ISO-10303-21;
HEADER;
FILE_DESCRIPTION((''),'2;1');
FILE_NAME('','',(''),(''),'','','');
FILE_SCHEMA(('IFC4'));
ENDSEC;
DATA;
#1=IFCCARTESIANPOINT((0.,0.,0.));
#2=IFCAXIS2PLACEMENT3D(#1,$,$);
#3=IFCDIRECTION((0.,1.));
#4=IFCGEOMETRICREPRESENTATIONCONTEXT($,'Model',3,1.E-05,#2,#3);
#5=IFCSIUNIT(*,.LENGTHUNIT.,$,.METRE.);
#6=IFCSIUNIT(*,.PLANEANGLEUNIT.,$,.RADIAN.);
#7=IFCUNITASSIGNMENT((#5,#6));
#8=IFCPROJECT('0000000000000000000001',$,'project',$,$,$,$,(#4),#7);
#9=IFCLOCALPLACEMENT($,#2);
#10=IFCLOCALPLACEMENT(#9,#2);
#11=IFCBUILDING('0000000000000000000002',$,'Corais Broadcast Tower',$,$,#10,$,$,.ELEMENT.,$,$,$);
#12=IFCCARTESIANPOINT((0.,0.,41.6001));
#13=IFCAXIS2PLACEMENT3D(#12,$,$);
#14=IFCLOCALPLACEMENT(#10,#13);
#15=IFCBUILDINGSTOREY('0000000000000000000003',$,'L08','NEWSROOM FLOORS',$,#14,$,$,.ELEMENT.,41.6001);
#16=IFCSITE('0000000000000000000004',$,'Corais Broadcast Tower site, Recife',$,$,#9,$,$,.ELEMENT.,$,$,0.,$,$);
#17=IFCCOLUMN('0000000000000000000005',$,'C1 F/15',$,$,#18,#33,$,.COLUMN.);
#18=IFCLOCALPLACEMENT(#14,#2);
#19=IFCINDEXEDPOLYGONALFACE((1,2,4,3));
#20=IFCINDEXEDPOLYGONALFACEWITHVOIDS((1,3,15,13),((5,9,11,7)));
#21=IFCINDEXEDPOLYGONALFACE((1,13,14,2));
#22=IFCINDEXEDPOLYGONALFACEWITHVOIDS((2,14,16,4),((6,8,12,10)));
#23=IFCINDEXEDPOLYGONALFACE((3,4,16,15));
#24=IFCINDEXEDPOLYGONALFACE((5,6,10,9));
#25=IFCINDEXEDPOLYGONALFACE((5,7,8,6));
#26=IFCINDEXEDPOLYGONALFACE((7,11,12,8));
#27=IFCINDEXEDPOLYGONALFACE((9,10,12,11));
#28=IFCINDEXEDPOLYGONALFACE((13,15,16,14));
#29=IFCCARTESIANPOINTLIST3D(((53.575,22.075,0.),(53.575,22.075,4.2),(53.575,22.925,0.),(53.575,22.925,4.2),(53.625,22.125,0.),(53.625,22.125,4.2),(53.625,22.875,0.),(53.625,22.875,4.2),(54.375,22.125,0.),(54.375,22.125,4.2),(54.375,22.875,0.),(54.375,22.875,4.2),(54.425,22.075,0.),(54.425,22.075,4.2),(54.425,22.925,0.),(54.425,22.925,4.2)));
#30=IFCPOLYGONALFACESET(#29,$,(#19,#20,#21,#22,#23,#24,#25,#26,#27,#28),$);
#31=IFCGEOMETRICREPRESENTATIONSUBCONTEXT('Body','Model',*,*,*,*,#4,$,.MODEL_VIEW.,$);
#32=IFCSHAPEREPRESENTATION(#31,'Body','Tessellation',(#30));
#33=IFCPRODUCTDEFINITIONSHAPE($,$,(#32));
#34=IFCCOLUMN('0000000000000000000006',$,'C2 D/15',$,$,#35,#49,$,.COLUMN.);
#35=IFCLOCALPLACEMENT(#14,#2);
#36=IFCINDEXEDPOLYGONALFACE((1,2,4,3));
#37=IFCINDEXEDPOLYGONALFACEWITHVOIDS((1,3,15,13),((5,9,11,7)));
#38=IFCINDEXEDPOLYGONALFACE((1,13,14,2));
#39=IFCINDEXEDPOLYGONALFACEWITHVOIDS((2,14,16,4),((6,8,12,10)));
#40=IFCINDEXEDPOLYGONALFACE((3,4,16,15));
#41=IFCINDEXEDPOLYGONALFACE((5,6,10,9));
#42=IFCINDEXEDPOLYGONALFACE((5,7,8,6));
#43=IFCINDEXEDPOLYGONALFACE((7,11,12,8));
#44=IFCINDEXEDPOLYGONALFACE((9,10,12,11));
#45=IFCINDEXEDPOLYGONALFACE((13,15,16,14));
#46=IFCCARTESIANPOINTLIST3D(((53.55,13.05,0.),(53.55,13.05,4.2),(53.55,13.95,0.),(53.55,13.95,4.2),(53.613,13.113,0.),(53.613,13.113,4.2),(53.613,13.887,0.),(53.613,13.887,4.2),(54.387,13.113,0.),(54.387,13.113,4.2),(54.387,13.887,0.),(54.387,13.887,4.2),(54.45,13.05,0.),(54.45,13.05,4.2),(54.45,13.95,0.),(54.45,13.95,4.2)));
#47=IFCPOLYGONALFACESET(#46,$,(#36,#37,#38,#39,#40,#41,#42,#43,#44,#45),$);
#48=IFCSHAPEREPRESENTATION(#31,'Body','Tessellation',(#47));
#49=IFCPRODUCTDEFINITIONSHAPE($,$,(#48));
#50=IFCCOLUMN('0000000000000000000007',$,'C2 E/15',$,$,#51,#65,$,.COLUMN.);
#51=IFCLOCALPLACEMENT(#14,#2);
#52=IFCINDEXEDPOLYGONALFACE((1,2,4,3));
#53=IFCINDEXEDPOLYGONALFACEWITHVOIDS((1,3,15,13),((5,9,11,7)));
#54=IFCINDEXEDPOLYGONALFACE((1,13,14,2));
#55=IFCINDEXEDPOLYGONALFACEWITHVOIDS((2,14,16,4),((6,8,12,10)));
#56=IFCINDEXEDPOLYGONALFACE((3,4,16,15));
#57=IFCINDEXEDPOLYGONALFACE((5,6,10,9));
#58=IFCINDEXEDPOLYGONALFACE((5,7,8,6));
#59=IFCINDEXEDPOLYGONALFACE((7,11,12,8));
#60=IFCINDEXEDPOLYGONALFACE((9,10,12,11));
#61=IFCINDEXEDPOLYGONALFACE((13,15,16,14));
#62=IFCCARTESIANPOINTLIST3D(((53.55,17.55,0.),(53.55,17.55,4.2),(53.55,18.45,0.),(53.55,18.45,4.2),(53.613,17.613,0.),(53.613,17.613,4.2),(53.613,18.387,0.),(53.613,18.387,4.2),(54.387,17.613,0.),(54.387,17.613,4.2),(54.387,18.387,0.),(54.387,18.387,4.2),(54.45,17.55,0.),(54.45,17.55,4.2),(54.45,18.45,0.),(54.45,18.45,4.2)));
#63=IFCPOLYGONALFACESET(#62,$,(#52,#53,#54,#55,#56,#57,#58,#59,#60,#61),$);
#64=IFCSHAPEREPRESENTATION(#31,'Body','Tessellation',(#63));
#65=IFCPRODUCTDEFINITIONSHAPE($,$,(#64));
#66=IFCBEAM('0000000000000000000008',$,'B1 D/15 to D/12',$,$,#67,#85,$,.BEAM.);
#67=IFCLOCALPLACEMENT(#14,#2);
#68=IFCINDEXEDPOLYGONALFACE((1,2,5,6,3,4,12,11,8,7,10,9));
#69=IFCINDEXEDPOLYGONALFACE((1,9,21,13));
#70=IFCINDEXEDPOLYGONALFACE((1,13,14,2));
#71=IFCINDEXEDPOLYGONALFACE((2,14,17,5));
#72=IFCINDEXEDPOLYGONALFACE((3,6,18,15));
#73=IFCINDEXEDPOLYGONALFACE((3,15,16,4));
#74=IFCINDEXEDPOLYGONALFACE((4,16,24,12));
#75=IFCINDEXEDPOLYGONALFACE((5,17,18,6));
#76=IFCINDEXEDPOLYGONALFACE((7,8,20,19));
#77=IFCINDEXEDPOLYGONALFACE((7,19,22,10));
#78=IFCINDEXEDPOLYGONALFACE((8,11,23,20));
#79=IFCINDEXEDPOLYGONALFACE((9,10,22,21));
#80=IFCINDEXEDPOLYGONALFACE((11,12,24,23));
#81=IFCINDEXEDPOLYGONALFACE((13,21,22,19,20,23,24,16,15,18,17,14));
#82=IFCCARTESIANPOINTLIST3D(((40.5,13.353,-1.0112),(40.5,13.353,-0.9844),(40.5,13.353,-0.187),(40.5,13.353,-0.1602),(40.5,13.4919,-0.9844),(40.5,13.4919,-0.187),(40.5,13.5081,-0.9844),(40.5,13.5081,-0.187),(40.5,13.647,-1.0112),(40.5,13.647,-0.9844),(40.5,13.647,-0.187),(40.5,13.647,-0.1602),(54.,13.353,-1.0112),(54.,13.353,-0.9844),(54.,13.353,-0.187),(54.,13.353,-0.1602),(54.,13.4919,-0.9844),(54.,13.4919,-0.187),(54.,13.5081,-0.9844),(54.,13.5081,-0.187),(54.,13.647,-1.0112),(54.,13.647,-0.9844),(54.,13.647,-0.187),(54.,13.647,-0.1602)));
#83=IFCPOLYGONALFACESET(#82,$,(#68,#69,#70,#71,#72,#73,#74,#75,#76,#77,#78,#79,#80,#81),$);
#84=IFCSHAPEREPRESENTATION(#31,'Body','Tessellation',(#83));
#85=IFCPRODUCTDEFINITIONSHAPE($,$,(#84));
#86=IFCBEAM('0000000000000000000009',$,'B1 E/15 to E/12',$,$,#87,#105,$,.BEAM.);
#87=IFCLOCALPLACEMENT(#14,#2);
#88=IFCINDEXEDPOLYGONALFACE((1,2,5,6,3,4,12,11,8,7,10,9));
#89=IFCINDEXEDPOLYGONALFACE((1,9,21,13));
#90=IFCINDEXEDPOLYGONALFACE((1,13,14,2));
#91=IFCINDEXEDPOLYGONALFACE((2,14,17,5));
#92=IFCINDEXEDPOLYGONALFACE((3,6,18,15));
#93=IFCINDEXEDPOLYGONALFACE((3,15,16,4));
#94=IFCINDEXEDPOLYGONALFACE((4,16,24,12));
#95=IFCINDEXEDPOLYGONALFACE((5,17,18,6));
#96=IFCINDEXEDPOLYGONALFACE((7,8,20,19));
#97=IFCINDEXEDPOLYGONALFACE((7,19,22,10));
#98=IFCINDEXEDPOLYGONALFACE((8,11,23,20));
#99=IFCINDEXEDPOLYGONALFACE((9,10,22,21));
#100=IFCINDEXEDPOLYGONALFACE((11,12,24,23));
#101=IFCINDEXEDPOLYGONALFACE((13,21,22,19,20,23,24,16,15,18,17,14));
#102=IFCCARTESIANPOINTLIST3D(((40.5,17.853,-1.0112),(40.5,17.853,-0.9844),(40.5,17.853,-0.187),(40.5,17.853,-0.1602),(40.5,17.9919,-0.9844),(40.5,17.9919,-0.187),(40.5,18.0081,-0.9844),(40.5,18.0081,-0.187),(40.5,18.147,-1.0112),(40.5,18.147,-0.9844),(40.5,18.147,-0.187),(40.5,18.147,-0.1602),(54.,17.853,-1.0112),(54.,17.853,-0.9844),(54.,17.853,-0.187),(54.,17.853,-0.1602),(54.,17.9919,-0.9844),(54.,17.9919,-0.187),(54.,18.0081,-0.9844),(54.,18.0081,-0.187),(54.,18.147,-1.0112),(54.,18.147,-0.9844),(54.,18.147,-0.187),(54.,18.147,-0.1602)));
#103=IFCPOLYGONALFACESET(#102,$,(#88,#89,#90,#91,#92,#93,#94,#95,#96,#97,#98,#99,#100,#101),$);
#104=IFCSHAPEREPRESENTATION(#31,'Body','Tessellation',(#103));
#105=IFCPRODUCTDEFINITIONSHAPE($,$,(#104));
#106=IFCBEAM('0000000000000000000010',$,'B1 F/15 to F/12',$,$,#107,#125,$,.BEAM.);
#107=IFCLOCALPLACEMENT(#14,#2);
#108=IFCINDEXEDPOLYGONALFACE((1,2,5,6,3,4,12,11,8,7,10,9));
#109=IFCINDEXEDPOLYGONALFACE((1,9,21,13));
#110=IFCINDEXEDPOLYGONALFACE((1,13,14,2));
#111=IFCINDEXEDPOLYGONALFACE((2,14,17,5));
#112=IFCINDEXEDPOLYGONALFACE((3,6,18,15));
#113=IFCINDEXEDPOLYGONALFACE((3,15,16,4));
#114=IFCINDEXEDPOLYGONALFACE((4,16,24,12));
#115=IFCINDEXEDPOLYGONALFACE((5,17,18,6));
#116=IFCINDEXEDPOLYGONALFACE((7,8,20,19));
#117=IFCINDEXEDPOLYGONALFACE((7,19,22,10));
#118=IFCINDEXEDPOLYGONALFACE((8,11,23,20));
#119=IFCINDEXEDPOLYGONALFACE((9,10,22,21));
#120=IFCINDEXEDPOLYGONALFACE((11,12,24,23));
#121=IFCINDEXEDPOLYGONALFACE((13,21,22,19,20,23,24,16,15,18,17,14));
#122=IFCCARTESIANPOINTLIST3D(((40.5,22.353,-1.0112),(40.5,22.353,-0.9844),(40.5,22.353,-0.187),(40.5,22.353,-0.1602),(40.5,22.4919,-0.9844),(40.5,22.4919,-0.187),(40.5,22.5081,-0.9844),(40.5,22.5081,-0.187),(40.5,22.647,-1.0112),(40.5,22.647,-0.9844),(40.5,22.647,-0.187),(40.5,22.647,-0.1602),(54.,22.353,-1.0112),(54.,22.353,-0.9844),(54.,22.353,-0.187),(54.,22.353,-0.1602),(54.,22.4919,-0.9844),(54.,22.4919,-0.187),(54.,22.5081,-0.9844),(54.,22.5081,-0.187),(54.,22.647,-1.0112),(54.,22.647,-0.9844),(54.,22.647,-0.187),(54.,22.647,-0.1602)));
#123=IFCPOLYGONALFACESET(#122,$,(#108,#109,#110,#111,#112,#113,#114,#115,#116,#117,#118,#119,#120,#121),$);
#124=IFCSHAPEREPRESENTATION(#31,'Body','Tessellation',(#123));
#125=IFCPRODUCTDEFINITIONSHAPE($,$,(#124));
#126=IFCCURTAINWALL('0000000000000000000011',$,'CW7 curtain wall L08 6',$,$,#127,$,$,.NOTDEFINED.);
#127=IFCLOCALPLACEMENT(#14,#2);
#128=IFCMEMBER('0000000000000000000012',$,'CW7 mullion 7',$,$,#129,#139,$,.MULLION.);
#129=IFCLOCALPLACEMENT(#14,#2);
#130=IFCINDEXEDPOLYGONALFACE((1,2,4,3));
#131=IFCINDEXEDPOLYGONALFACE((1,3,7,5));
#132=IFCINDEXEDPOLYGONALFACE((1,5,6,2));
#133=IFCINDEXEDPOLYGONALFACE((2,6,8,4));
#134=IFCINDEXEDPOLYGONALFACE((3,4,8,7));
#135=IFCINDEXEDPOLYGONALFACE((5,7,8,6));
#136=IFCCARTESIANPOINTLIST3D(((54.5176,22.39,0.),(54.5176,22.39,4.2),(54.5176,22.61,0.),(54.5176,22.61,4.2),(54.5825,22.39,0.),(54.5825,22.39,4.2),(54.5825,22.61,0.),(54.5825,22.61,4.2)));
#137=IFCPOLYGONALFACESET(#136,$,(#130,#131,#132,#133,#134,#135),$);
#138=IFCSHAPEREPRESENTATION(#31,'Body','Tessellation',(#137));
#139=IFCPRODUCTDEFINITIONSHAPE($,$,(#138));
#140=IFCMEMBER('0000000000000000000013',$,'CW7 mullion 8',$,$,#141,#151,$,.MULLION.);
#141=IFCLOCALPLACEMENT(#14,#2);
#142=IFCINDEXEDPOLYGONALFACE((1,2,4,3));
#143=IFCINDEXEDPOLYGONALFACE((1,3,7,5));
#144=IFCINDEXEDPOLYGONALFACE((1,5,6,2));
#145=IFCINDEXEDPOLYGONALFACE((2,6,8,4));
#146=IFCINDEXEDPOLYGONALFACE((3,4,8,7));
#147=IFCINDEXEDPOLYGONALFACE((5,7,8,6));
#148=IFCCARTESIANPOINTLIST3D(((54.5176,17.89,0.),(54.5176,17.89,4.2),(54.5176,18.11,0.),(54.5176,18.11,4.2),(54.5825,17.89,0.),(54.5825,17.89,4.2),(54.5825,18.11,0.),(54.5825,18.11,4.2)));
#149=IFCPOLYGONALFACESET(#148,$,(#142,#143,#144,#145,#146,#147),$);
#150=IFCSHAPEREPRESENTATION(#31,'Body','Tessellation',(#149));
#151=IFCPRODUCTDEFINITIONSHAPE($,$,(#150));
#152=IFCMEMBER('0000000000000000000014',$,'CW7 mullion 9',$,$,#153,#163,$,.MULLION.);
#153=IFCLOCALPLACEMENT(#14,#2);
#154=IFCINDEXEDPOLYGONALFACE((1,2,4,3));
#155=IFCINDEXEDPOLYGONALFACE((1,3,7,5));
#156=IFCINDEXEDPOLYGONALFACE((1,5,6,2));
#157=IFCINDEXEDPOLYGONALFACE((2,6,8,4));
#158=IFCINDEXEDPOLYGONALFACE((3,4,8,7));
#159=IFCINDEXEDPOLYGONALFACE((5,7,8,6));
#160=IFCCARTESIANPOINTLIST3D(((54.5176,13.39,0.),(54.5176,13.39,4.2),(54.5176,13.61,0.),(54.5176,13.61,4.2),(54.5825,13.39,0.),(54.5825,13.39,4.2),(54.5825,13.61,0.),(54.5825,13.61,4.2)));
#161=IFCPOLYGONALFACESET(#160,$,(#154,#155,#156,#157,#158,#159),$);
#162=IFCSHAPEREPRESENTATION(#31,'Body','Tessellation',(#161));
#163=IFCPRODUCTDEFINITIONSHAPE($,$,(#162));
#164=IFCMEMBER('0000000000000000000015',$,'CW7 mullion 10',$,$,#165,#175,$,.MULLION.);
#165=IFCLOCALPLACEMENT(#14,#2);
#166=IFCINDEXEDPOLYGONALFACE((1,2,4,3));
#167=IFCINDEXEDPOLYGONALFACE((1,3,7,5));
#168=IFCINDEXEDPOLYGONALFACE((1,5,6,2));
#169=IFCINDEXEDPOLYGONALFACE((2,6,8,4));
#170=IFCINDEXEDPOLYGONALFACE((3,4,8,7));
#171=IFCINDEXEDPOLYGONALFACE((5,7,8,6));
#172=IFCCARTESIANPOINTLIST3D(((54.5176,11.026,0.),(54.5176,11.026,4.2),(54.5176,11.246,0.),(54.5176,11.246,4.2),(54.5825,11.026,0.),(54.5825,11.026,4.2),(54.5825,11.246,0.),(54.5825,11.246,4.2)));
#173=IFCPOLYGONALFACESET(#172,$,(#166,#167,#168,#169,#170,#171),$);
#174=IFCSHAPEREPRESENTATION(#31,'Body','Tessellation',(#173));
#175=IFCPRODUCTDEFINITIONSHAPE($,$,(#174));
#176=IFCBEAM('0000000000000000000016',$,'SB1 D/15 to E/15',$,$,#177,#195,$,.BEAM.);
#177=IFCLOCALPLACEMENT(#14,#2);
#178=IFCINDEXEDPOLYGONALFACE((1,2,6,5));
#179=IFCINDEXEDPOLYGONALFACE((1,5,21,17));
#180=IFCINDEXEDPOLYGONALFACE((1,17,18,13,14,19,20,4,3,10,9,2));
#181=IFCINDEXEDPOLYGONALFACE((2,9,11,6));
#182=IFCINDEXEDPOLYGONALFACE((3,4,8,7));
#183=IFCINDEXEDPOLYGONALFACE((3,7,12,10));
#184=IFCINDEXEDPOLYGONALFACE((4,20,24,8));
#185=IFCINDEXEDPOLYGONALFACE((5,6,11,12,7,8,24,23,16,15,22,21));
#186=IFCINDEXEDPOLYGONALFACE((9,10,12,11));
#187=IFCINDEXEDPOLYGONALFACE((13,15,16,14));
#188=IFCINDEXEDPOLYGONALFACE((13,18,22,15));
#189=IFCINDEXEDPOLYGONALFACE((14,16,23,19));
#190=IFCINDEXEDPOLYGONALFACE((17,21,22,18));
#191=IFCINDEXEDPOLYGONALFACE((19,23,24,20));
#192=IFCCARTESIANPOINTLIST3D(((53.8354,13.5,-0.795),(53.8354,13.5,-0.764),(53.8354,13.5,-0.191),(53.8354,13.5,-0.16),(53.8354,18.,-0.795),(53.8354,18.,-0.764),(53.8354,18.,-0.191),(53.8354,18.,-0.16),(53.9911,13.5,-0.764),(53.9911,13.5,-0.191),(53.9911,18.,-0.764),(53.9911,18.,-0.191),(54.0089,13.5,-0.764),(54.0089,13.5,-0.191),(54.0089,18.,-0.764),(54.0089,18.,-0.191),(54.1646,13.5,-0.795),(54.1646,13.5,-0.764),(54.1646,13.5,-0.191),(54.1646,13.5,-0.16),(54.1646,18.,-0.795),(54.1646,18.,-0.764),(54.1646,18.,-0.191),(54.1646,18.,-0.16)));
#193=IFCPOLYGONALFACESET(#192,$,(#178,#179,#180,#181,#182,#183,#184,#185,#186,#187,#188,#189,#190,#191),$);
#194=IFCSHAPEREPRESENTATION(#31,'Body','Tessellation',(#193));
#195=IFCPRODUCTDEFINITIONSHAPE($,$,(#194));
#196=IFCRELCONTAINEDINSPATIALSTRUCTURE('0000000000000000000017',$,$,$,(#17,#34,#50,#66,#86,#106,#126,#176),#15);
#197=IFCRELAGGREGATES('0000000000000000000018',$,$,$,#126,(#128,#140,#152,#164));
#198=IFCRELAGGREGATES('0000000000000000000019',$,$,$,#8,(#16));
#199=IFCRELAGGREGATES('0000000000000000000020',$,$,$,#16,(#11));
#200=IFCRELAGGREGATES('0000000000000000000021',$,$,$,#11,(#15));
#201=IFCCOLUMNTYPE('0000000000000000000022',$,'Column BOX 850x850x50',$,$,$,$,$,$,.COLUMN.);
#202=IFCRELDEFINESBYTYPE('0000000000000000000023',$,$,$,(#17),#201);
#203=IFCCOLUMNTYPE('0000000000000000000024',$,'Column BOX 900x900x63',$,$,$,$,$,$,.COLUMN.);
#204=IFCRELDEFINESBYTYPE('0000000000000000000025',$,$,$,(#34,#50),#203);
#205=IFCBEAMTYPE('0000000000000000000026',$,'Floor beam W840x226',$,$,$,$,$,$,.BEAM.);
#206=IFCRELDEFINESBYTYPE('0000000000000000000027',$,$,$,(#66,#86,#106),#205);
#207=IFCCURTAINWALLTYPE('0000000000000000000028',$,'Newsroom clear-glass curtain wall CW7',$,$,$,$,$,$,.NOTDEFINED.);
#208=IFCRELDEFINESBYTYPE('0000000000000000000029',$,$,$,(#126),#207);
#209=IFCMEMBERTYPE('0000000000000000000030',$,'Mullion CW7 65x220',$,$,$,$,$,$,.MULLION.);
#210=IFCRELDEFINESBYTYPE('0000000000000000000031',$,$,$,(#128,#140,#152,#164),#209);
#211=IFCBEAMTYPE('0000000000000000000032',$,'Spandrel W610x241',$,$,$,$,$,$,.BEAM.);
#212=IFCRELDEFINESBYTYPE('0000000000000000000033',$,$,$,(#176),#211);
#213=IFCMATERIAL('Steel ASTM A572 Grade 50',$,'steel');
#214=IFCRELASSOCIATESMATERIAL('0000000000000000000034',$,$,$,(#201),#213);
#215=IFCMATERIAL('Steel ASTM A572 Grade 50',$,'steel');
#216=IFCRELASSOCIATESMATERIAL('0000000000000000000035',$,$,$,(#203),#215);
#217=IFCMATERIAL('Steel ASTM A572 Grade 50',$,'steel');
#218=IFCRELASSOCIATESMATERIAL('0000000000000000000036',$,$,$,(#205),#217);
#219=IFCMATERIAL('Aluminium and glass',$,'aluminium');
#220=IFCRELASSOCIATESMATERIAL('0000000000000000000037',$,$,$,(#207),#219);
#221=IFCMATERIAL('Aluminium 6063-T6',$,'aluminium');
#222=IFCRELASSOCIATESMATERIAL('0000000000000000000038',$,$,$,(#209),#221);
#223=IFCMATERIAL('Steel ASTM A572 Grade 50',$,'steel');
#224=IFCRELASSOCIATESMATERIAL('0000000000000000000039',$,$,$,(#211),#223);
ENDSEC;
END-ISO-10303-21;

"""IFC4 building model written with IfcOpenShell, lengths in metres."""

from ifc_helpers import new_model, si_unit, direction, frame, origin, origin_2d, place, context, subcontext, project, spatial, rectangle, hollow_rectangle, i_section, extrude, material, material_profile, profile_set, type_object, element, aggregate, save


model = new_model("IFC4")

# Units and contexts
model_context = context("Model", 3, precision=1e-05, world=origin(), true_north=direction((0.0, 1.0)))
body_context = subcontext(model_context, "Body", "Model", "MODEL_VIEW")
ifc_project = project(units=[si_unit("LENGTHUNIT", "METRE"), si_unit("PLANEANGLEUNIT", "RADIAN")], contexts=[model_context])

# Site, building, storey
site_placement = place(None, origin())
site = spatial("IfcSite", under=ifc_project, at=site_placement, Name="Corais Broadcast Tower site, Recife", CompositionType="ELEMENT", RefElevation=0.0)
building_placement = place(site_placement, origin())
building = spatial("IfcBuilding", under=site, at=building_placement, Name="Corais Broadcast Tower", CompositionType="ELEMENT")
storey_placement = place(building_placement, frame((0.0, 0.0, 41.6001)))
storey = spatial("IfcBuildingStorey", under=building, at=storey_placement, Name="L08", Description="NEWSROOM FLOORS", CompositionType="ELEMENT", Elevation=41.6001)

# Columns
ifc_material_1 = material(Name="Steel ASTM A572 Grade 50", Category="steel")
ifc_material_profile_1 = material_profile(ifc_material_1, hollow_rectangle(XDim=0.8501, YDim=0.8501, WallThickness=0.05, at=origin_2d()), Name="BOX 850x850x50")
ifc_profile_set_1 = profile_set([ifc_material_profile_1], Name="Steel ASTM A572 Grade 50")
column_type_1 = type_object("IfcColumnType", Name="Column BOX 850x850x50", PredefinedType="COLUMN", material=ifc_profile_set_1)
column_placement = place(storey_placement, frame((54.0, 22.5, 0.0), z_axis=(0.0, 0.0, 1.0), x_axis=(1.0, 0.0, 0.0)))
element("IfcColumn", 1, at=column_placement, inside=storey, type_object=column_type_1, Name="C1 F/15", PredefinedType="COLUMN", context=body_context, shape_type="SweptSolid", body=[
    extrude(hollow_rectangle(XDim=0.8501, YDim=0.8501, WallThickness=0.05, at=origin_2d()), origin(), (0.0, 0.0, 1.0), 4.2),
])
ifc_material_2 = material(Name="Steel ASTM A572 Grade 50", Category="steel")
ifc_material_profile_2 = material_profile(ifc_material_2, hollow_rectangle(XDim=0.8999, YDim=0.8999, WallThickness=0.063, at=origin_2d()), Name="BOX 900x900x63")
ifc_profile_set_2 = profile_set([ifc_material_profile_2], Name="Steel ASTM A572 Grade 50")
column_type_2 = type_object("IfcColumnType", Name="Column BOX 900x900x63", PredefinedType="COLUMN", material=ifc_profile_set_2)
for number, where, z_axis, x_axis, name in (
    (2, (54.0, 13.5, 0.0), (0.0, 0.0, 1.0), (1.0, 0.0, 0.0), "C2 D/15"),
    (3, (54.0, 18.0, 0.0), (0.0, 0.0, 1.0), (1.0, 0.0, 0.0), "C2 E/15"),
):
    element("IfcColumn", number, at=place(storey_placement, frame(where, z_axis=z_axis, x_axis=x_axis)), inside=storey, type_object=column_type_2, Name=name, PredefinedType="COLUMN", context=body_context, shape_type="SweptSolid", body=[
        extrude(hollow_rectangle(XDim=0.8999, YDim=0.8999, WallThickness=0.063, at=origin_2d()), origin(), (0.0, 0.0, 1.0), 4.2),
    ])

# Beams
ifc_material_3 = material(Name="Steel ASTM A572 Grade 50", Category="steel")
ifc_material_profile_3 = material_profile(ifc_material_3, i_section(OverallWidth=0.2939, OverallDepth=0.8511, WebThickness=0.0161, FlangeThickness=0.0269, at=origin_2d()), Name="W840x226")
ifc_profile_set_3 = profile_set([ifc_material_profile_3], Name="Steel ASTM A572 Grade 50")
beam_type_1 = type_object("IfcBeamType", Name="Floor beam W840x226", PredefinedType="BEAM", material=ifc_profile_set_3)
for number, where, z_axis, x_axis, name in (
    (4, (54.0, 13.5, -0.5857), (-1.0, 0.0, 0.0), (0.0, -1.0, 0.0), "B1 D/15 to D/12"),
    (5, (54.0, 18.0, -0.5857), (-1.0, 0.0, 0.0), (0.0, -1.0, 0.0), "B1 E/15 to E/12"),
    (6, (54.0, 22.5, -0.5857), (-1.0, 0.0, 0.0), (0.0, -1.0, 0.0), "B1 F/15 to F/12"),
):
    element("IfcBeam", number, at=place(storey_placement, frame(where, z_axis=z_axis, x_axis=x_axis)), inside=storey, type_object=beam_type_1, Name=name, PredefinedType="BEAM", context=body_context, shape_type="SweptSolid", body=[
        extrude(i_section(OverallWidth=0.2939, OverallDepth=0.8511, WebThickness=0.0161, FlangeThickness=0.0269, at=origin_2d()), origin(), (0.0, 0.0, 1.0), 13.5),
    ])

# Curtain wall, members
ifc_material_4 = material(Name="Aluminium and glass", Category="aluminium")
curtain_wall_type = type_object("IfcCurtainWallType", Name="Newsroom clear-glass curtain wall CW7", PredefinedType="NOTDEFINED", material=ifc_material_4)
curtain_wall_placement = place(storey_placement, origin())
curtain_wall = element("IfcCurtainWall", 7, at=curtain_wall_placement, inside=storey, type_object=curtain_wall_type, Name="CW7 curtain wall L08 6", PredefinedType="NOTDEFINED")
ifc_material_5 = material(Name="Aluminium 6063-T6", Category="aluminium")
ifc_material_profile_4 = material_profile(ifc_material_5, rectangle(XDim=0.0649, YDim=0.22, at=origin_2d()), Name="Mullion CW7 65x220")
ifc_profile_set_4 = profile_set([ifc_material_profile_4], Name="Aluminium 6063-T6")
member_type_1 = type_object("IfcMemberType", Name="Mullion CW7 65x220", PredefinedType="MULLION", material=ifc_profile_set_4)
member_1_placement = place(storey_placement, frame((54.55, 22.5, 0.0), z_axis=(0.0, 0.0, 1.0), x_axis=(1.0, 0.0, 0.0)))
member_1 = element("IfcMember", 8, at=member_1_placement, type_object=member_type_1, Name="CW7 mullion 7", PredefinedType="MULLION", context=body_context, shape_type="SweptSolid", body=[
    extrude(rectangle(XDim=0.0649, YDim=0.22, at=origin_2d()), origin(), (0.0, 0.0, 1.0), 4.2),
])
member_2_placement = place(storey_placement, frame((54.55, 18.0, 0.0), z_axis=(0.0, 0.0, 1.0), x_axis=(1.0, 0.0, 0.0)))
member_2 = element("IfcMember", 9, at=member_2_placement, type_object=member_type_1, Name="CW7 mullion 8", PredefinedType="MULLION", context=body_context, shape_type="SweptSolid", body=[
    extrude(rectangle(XDim=0.0649, YDim=0.22, at=origin_2d()), origin(), (0.0, 0.0, 1.0), 4.2),
])
member_3_placement = place(storey_placement, frame((54.55, 13.5, 0.0), z_axis=(0.0, 0.0, 1.0), x_axis=(1.0, 0.0, 0.0)))
member_3 = element("IfcMember", 10, at=member_3_placement, type_object=member_type_1, Name="CW7 mullion 9", PredefinedType="MULLION", context=body_context, shape_type="SweptSolid", body=[
    extrude(rectangle(XDim=0.0649, YDim=0.22, at=origin_2d()), origin(), (0.0, 0.0, 1.0), 4.2),
])
member_4_placement = place(storey_placement, frame((54.55, 11.136, 0.0), z_axis=(0.0, 0.0, 1.0), x_axis=(1.0, 0.0, 0.0)))
member_4 = element("IfcMember", 11, at=member_4_placement, type_object=member_type_1, Name="CW7 mullion 10", PredefinedType="MULLION", context=body_context, shape_type="SweptSolid", body=[
    extrude(rectangle(XDim=0.0649, YDim=0.22, at=origin_2d()), origin(), (0.0, 0.0, 1.0), 4.2),
])

# Beam
ifc_material_6 = material(Name="Steel ASTM A572 Grade 50", Category="steel")
ifc_material_profile_5 = material_profile(ifc_material_6, i_section(OverallWidth=0.3291, OverallDepth=0.635, WebThickness=0.0178, FlangeThickness=0.031, at=origin_2d()), Name="W610x241")
ifc_profile_set_5 = profile_set([ifc_material_profile_5], Name="Steel ASTM A572 Grade 50")
beam_type_2 = type_object("IfcBeamType", Name="Spandrel W610x241", PredefinedType="BEAM", material=ifc_profile_set_5)
for number, where, z_axis, x_axis, name in (
    (12, (54.0, 13.5, -0.4775), (0.0, 1.0, 0.0), (-1.0, 0.0, 0.0), "SB1 D/15 to E/15"),
):
    element("IfcBeam", number, at=place(storey_placement, frame(where, z_axis=z_axis, x_axis=x_axis)), inside=storey, type_object=beam_type_2, Name=name, PredefinedType="BEAM", context=body_context, shape_type="SweptSolid", body=[
        extrude(i_section(OverallWidth=0.3291, OverallDepth=0.635, WebThickness=0.0178, FlangeThickness=0.031, at=origin_2d()), origin(), (0.0, 0.0, 1.0), 4.5),
    ])

aggregate(curtain_wall, [member_1, member_2, member_3, member_4])

save(model, "model.ifc")
